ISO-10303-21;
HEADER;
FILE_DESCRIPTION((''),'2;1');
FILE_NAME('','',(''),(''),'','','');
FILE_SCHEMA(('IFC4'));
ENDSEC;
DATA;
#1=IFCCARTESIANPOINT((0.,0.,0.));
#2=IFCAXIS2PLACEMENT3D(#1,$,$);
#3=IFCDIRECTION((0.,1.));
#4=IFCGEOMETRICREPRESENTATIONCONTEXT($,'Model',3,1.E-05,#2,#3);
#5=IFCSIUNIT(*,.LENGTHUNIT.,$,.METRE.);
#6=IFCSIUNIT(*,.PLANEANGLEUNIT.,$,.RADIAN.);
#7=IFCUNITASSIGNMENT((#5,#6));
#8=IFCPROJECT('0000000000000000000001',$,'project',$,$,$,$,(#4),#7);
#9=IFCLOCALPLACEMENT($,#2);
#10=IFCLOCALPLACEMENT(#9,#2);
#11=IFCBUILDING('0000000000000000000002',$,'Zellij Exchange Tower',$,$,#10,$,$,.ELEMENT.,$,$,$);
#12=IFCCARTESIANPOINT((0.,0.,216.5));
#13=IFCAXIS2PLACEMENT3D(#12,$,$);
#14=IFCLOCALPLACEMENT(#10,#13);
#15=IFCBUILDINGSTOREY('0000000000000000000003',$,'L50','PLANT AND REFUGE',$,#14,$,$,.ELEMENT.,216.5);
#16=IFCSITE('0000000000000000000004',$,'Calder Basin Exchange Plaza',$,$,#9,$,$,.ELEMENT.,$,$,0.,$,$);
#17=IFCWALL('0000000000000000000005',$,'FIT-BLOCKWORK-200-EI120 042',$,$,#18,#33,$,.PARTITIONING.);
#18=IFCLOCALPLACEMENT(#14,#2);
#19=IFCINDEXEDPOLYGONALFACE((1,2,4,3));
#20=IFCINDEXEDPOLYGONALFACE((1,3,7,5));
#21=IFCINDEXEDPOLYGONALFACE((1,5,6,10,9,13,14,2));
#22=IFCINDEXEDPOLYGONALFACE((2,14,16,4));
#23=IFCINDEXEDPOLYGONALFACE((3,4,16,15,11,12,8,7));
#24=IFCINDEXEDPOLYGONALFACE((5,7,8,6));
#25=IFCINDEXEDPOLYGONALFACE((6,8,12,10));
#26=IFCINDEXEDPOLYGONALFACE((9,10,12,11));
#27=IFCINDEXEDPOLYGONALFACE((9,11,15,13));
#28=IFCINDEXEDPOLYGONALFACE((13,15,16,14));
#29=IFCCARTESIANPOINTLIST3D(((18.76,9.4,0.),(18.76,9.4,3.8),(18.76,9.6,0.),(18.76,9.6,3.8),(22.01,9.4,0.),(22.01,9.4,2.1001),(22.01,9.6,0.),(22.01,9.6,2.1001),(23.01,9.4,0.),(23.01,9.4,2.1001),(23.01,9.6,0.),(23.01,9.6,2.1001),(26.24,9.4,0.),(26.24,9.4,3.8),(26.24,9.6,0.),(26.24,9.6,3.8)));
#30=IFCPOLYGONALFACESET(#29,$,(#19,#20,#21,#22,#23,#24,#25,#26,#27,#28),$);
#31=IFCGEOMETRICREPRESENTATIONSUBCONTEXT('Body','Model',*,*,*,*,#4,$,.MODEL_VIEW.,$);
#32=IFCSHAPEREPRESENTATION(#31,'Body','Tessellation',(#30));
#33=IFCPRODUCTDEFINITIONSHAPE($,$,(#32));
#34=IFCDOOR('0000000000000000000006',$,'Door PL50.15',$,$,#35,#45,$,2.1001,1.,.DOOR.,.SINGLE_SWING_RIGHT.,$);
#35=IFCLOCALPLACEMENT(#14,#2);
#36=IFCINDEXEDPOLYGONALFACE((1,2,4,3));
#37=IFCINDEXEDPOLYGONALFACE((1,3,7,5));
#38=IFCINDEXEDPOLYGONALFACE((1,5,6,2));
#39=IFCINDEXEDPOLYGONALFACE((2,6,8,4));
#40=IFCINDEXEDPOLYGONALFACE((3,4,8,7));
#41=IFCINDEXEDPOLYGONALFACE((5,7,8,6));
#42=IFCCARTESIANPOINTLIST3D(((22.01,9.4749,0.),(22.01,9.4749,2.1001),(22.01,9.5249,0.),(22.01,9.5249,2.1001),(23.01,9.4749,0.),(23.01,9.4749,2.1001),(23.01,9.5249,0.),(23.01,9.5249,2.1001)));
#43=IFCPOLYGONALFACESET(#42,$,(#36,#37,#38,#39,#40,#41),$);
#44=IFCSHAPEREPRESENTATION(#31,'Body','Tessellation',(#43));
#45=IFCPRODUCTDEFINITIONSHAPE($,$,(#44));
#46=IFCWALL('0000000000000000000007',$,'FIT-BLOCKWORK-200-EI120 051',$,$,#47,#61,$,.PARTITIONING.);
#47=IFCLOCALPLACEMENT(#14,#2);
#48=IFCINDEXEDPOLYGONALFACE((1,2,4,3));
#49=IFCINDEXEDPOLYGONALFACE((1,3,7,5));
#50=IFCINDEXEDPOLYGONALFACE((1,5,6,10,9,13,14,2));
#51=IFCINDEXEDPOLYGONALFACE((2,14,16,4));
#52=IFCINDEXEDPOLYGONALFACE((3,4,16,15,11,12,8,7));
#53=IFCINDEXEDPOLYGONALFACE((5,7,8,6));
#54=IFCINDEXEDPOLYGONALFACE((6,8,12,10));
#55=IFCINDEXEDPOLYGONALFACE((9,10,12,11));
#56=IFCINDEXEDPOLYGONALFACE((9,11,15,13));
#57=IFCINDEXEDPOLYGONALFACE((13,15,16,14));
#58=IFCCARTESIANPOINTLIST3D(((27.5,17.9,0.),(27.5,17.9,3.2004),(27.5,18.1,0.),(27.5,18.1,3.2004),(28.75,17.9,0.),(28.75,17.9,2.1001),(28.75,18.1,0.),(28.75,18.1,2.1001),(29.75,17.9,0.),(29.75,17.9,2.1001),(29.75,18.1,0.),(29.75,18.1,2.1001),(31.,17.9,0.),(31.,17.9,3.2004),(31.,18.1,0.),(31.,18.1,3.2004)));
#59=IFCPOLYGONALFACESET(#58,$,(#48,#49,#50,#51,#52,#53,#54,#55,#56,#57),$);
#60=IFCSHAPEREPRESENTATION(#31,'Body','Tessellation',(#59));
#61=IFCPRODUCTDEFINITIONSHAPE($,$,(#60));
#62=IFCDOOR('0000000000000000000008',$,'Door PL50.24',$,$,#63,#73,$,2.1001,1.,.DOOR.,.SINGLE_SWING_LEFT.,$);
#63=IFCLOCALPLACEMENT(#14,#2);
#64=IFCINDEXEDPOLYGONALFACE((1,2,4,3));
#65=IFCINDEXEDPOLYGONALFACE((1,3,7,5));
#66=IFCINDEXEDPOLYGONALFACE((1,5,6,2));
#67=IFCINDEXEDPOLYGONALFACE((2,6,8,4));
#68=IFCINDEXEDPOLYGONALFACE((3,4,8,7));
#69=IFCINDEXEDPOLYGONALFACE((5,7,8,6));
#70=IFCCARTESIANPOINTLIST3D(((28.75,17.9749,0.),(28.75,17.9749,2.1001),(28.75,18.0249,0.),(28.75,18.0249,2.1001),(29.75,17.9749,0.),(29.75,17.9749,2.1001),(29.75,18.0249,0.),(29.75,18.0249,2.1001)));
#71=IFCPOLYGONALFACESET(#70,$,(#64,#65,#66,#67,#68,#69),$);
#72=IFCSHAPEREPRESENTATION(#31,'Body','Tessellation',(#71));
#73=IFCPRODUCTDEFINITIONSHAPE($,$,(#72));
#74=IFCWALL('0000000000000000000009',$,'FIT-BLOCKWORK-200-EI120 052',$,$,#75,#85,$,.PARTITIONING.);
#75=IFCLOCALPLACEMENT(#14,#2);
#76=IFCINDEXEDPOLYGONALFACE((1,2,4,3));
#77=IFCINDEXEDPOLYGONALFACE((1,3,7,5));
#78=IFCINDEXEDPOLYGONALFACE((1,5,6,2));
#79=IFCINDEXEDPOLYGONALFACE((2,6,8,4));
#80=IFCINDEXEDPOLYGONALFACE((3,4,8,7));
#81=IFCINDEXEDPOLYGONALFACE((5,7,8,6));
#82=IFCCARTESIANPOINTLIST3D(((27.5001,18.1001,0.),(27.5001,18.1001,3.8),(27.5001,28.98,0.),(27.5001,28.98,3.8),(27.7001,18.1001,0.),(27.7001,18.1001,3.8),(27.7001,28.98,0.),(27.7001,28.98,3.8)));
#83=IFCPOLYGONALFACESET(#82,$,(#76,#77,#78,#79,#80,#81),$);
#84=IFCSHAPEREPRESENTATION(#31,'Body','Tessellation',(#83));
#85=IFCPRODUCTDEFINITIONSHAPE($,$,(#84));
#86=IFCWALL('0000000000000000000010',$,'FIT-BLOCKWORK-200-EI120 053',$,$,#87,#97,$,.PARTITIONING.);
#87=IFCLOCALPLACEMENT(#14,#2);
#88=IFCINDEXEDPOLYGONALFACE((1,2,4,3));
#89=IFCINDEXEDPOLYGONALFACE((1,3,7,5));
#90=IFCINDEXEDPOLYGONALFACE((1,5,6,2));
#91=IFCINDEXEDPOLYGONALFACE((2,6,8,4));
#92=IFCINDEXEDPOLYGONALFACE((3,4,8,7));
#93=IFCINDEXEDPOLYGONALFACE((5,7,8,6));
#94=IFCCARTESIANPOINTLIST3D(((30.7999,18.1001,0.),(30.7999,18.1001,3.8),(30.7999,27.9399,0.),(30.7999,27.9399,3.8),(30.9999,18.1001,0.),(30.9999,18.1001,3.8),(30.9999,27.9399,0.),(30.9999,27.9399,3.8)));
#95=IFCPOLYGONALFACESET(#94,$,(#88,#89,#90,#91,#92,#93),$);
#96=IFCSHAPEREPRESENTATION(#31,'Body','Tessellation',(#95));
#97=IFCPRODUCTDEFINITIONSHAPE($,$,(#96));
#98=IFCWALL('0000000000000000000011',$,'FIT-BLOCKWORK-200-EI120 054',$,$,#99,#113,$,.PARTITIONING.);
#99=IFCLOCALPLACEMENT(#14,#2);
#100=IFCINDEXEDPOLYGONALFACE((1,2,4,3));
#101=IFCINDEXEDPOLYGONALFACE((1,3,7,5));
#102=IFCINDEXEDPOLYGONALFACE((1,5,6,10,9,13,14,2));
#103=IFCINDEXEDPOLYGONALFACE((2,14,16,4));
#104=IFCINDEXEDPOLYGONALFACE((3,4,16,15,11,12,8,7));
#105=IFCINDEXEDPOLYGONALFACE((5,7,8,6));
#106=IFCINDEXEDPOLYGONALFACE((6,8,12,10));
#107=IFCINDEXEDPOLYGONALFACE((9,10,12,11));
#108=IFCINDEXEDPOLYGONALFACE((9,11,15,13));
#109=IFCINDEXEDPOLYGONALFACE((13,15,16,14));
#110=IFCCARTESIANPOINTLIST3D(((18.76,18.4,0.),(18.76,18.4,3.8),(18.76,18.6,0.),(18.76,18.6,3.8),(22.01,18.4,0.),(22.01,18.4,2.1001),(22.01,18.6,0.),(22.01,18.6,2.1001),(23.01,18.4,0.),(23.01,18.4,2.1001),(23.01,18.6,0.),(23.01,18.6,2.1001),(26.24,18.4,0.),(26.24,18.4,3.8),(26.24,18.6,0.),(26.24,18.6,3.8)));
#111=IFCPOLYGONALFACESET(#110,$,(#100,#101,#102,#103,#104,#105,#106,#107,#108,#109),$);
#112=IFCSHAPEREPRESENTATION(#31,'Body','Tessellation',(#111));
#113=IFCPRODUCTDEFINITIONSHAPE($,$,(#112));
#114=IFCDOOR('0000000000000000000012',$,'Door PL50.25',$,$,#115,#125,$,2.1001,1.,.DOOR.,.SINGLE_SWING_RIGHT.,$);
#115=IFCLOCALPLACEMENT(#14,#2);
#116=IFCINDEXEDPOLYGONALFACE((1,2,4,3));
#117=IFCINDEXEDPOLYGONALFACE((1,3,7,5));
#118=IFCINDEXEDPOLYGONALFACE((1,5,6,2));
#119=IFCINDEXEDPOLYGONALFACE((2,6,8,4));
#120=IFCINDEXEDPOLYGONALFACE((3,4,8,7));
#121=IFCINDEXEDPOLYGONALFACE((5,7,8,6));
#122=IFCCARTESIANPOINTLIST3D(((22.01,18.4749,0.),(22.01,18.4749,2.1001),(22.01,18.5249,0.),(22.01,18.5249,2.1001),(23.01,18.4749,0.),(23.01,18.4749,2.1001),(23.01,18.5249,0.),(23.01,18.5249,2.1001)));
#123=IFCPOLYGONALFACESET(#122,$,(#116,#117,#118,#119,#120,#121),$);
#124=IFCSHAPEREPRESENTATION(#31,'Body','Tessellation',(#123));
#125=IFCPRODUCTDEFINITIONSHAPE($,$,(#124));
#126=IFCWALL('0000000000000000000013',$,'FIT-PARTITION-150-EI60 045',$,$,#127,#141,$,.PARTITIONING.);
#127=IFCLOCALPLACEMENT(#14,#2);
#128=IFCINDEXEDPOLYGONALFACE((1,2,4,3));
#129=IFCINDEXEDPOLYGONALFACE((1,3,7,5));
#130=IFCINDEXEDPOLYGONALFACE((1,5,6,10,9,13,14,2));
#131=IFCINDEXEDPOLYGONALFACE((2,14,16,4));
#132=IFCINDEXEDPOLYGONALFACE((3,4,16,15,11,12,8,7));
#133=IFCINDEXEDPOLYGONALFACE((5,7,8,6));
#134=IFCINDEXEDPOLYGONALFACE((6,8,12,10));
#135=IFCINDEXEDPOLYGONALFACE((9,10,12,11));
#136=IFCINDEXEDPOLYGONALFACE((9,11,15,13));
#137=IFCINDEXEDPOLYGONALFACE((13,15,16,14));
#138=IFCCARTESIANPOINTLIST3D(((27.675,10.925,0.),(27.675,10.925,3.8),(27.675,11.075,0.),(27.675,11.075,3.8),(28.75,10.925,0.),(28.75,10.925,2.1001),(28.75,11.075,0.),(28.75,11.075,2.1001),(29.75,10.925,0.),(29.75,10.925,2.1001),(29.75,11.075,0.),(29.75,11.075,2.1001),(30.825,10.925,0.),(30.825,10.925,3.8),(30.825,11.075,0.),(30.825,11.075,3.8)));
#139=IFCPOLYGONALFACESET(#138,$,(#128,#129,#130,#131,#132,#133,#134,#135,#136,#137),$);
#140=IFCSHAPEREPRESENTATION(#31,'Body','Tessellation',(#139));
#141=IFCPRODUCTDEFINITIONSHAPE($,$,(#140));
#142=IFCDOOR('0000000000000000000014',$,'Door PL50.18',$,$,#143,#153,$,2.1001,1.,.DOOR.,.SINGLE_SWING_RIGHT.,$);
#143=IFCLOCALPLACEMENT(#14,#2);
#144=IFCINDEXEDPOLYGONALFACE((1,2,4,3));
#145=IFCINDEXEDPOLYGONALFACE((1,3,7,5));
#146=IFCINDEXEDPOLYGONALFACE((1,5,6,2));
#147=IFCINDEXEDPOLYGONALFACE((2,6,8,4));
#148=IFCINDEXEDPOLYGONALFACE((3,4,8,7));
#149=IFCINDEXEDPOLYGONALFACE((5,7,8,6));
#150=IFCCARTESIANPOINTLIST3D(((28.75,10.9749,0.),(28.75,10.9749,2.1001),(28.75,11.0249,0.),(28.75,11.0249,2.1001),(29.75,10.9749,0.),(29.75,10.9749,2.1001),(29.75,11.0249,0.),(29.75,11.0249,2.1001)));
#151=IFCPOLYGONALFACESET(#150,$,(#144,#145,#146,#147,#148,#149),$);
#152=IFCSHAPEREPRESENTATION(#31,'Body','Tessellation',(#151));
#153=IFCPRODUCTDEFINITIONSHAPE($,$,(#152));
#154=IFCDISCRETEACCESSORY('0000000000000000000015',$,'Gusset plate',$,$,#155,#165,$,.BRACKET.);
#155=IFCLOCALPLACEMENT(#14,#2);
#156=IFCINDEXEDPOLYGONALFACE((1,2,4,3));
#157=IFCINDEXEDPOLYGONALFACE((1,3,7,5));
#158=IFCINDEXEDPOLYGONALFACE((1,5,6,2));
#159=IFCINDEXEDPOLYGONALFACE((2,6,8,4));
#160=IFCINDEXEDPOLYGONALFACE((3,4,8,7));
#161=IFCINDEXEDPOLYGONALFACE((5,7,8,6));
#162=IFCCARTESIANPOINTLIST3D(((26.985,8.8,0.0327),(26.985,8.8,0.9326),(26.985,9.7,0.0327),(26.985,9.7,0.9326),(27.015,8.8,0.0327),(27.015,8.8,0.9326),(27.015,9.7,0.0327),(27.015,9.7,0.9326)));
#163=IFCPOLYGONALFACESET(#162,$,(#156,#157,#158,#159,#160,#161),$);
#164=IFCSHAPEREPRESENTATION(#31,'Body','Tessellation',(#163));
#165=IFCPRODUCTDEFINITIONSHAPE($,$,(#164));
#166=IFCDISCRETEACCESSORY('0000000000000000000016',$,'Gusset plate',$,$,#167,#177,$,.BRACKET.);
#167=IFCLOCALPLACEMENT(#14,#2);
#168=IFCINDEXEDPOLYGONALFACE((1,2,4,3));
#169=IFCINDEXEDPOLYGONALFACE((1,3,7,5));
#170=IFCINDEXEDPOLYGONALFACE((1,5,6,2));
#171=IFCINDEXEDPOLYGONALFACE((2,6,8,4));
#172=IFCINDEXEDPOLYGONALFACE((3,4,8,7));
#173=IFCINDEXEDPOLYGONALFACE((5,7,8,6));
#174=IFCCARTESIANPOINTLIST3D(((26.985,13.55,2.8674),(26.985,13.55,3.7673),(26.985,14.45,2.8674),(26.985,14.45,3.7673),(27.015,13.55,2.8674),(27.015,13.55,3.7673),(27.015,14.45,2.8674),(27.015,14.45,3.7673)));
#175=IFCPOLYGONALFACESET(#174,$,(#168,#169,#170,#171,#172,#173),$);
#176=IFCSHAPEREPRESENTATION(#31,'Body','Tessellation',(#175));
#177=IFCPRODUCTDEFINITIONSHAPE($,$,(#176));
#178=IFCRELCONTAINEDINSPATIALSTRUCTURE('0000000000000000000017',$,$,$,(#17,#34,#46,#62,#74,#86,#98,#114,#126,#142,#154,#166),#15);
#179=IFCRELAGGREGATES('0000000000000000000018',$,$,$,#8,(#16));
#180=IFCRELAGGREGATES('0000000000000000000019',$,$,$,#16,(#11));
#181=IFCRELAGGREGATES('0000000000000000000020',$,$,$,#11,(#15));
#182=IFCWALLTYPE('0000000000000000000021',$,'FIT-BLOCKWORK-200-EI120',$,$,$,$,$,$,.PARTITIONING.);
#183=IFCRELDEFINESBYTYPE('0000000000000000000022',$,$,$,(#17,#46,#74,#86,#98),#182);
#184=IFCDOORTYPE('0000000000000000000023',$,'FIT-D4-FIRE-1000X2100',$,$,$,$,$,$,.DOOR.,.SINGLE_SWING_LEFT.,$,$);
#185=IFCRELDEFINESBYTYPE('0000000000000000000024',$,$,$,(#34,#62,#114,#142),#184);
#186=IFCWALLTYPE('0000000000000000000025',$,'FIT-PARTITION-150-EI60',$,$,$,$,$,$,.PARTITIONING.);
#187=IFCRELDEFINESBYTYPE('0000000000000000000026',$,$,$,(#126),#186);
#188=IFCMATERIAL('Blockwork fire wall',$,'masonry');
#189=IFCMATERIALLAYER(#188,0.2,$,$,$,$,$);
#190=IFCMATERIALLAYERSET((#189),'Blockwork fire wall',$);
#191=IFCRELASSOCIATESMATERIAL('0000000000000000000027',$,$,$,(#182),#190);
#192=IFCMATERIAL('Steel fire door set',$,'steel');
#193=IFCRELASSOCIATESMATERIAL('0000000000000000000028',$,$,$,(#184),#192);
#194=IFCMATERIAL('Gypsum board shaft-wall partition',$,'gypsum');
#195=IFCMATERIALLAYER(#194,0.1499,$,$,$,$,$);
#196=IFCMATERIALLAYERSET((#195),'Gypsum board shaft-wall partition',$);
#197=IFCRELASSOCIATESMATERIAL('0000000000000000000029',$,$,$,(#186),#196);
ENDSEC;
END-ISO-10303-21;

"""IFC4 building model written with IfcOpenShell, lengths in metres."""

from ifc_helpers import new_model, si_unit, direction, frame, frame_2d, origin, origin_2d, place, context, subcontext, project, spatial, rectangle, extrude, material, layer, layer_set, type_object, element, fill, save


model = new_model("IFC4")

# Units and contexts
model_context = context("Model", 3, precision=1e-05, world=origin(), true_north=direction((0.0, 1.0)))
body_context = subcontext(model_context, "Body", "Model", "MODEL_VIEW")
ifc_project = project(units=[si_unit("LENGTHUNIT", "METRE"), si_unit("PLANEANGLEUNIT", "RADIAN")], contexts=[model_context])

# Site, building, storey
site_placement = place(None, origin())
site = spatial("IfcSite", under=ifc_project, at=site_placement, Name="Calder Basin Exchange Plaza", CompositionType="ELEMENT", RefElevation=0.0)
building_placement = place(site_placement, origin())
building = spatial("IfcBuilding", under=site, at=building_placement, Name="Zellij Exchange Tower", CompositionType="ELEMENT")
storey_placement = place(building_placement, frame((0.0, 0.0, 216.5)))
storey = spatial("IfcBuildingStorey", under=building, at=storey_placement, Name="L50", Description="PLANT AND REFUGE", CompositionType="ELEMENT", Elevation=216.5)

# Walls, openings, doors
ifc_material_1 = material(Name="Blockwork fire wall", Category="masonry")
ifc_layer_1 = layer(ifc_material_1, 0.2)
ifc_layer_set_1 = layer_set([ifc_layer_1], Name="Blockwork fire wall")
wall_type_1 = type_object("IfcWallType", Name="FIT-BLOCKWORK-200-EI120", PredefinedType="PARTITIONING", material=ifc_layer_set_1)
wall_1_placement = place(storey_placement, frame((18.76, 9.5, 0.0), z_axis=(0.0, 0.0, 1.0), x_axis=(1.0, 0.0, 0.0)))
wall_1 = element("IfcWall", 1, at=wall_1_placement, inside=storey, type_object=wall_type_1, Name="FIT-BLOCKWORK-200-EI120 042", PredefinedType="PARTITIONING", context=body_context, shape_type="SweptSolid", body=[
    extrude(rectangle(XDim=7.48, YDim=0.2, at=frame_2d((3.74, 0.0))), origin(), (0.0, 0.0, 1.0), 3.8),
])
opening_1_placement = place(wall_1_placement, frame((3.25, 0.0, 0.0)))
opening_1 = element("IfcOpeningElement", 2, at=opening_1_placement, cuts=wall_1, PredefinedType="OPENING", context=body_context, shape_type="SweptSolid", body=[
    extrude(rectangle(XDim=1.0, YDim=2.1001, at=frame_2d((0.5, 1.05))), frame((0.0, 0.1118, 0.0), z_axis=(0.0, -1.0, 0.0), x_axis=(1.0, 0.0, 0.0)), (0.0, 0.0, 1.0), 0.2239),
])
ifc_material_2 = material(Name="Steel fire door set", Category="steel")
door_type = type_object("IfcDoorType", Name="FIT-D4-FIRE-1000X2100", OperationType="SINGLE_SWING_LEFT", PredefinedType="DOOR", material=ifc_material_2)
door_1_placement = place(opening_1_placement, origin())
door_1 = element("IfcDoor", 3, at=door_1_placement, inside=storey, type_object=door_type, Name="Door PL50.15", OperationType="SINGLE_SWING_RIGHT", OverallHeight=2.1001, OverallWidth=1.0, PredefinedType="DOOR", context=body_context, shape_type="SweptSolid", body=[
    extrude(rectangle(XDim=1.0, YDim=2.1001, at=frame_2d((0.5, 1.05))), frame((0.0, 0.0249, 0.0), z_axis=(0.0, -1.0, 0.0), x_axis=(1.0, 0.0, 0.0)), (0.0, 0.0, 1.0), 0.05),
])
fill(opening_1, door_1)
wall_2_placement = place(storey_placement, frame((27.5, 18.0, 0.0), z_axis=(0.0, 0.0, 1.0), x_axis=(1.0, 0.0, 0.0)))
wall_2 = element("IfcWall", 4, at=wall_2_placement, inside=storey, type_object=wall_type_1, Name="FIT-BLOCKWORK-200-EI120 051", PredefinedType="PARTITIONING", context=body_context, shape_type="SweptSolid", body=[
    extrude(rectangle(XDim=3.5, YDim=0.2, at=frame_2d((1.75, 0.0))), origin(), (0.0, 0.0, 1.0), 3.2004),
])
opening_2_placement = place(wall_2_placement, frame((1.25, 0.0, 0.0)))
opening_2 = element("IfcOpeningElement", 5, at=opening_2_placement, cuts=wall_2, PredefinedType="OPENING", context=body_context, shape_type="SweptSolid", body=[
    extrude(rectangle(XDim=1.0, YDim=2.1001, at=frame_2d((0.5, 1.05))), frame((0.0, 0.1118, 0.0), z_axis=(0.0, -1.0, 0.0), x_axis=(1.0, 0.0, 0.0)), (0.0, 0.0, 1.0), 0.2239),
])
door_2_placement = place(opening_2_placement, origin())
door_2 = element("IfcDoor", 6, at=door_2_placement, inside=storey, type_object=door_type, Name="Door PL50.24", OperationType="SINGLE_SWING_LEFT", OverallHeight=2.1001, OverallWidth=1.0, PredefinedType="DOOR", context=body_context, shape_type="SweptSolid", body=[
    extrude(rectangle(XDim=1.0, YDim=2.1001, at=frame_2d((0.5, 1.05))), frame((0.0, 0.0249, 0.0), z_axis=(0.0, -1.0, 0.0), x_axis=(1.0, 0.0, 0.0)), (0.0, 0.0, 1.0), 0.05),
])
fill(opening_2, door_2)

# Walls
wall_3_placement = place(storey_placement, frame((27.6001, 18.1001, 0.0), z_axis=(0.0, 0.0, 1.0), x_axis=(0.0, 1.0, 0.0)))
element("IfcWall", 7, at=wall_3_placement, inside=storey, type_object=wall_type_1, Name="FIT-BLOCKWORK-200-EI120 052", PredefinedType="PARTITIONING", context=body_context, shape_type="SweptSolid", body=[
    extrude(rectangle(XDim=10.8799, YDim=0.2, at=frame_2d((5.4399, 0.0))), origin(), (0.0, 0.0, 1.0), 3.8),
])
wall_4_placement = place(storey_placement, frame((30.8999, 18.1001, 0.0), z_axis=(0.0, 0.0, 1.0), x_axis=(0.0, 1.0, 0.0)))
element("IfcWall", 8, at=wall_4_placement, inside=storey, type_object=wall_type_1, Name="FIT-BLOCKWORK-200-EI120 053", PredefinedType="PARTITIONING", context=body_context, shape_type="SweptSolid", body=[
    extrude(rectangle(XDim=9.8398, YDim=0.2, at=frame_2d((4.9199, 0.0))), origin(), (0.0, 0.0, 1.0), 3.8),
])

# Walls, openings, doors
wall_5_placement = place(storey_placement, frame((18.76, 18.5, 0.0), z_axis=(0.0, 0.0, 1.0), x_axis=(1.0, 0.0, 0.0)))
wall_5 = element("IfcWall", 9, at=wall_5_placement, inside=storey, type_object=wall_type_1, Name="FIT-BLOCKWORK-200-EI120 054", PredefinedType="PARTITIONING", context=body_context, shape_type="SweptSolid", body=[
    extrude(rectangle(XDim=7.48, YDim=0.2, at=frame_2d((3.74, 0.0))), origin(), (0.0, 0.0, 1.0), 3.8),
])
opening_3_placement = place(wall_5_placement, frame((3.25, 0.0, 0.0)))
opening_3 = element("IfcOpeningElement", 10, at=opening_3_placement, cuts=wall_5, PredefinedType="OPENING", context=body_context, shape_type="SweptSolid", body=[
    extrude(rectangle(XDim=1.0, YDim=2.1001, at=frame_2d((0.5, 1.05))), frame((0.0, 0.1118, 0.0), z_axis=(0.0, -1.0, 0.0), x_axis=(1.0, 0.0, 0.0)), (0.0, 0.0, 1.0), 0.2239),
])
door_3_placement = place(opening_3_placement, origin())
door_3 = element("IfcDoor", 11, at=door_3_placement, inside=storey, type_object=door_type, Name="Door PL50.25", OperationType="SINGLE_SWING_RIGHT", OverallHeight=2.1001, OverallWidth=1.0, PredefinedType="DOOR", context=body_context, shape_type="SweptSolid", body=[
    extrude(rectangle(XDim=1.0, YDim=2.1001, at=frame_2d((0.5, 1.05))), frame((0.0, 0.0249, 0.0), z_axis=(0.0, -1.0, 0.0), x_axis=(1.0, 0.0, 0.0)), (0.0, 0.0, 1.0), 0.05),
])
fill(opening_3, door_3)
ifc_material_3 = material(Name="Gypsum board shaft-wall partition", Category="gypsum")
ifc_layer_2 = layer(ifc_material_3, 0.1499)
ifc_layer_set_2 = layer_set([ifc_layer_2], Name="Gypsum board shaft-wall partition")
wall_type_2 = type_object("IfcWallType", Name="FIT-PARTITION-150-EI60", PredefinedType="PARTITIONING", material=ifc_layer_set_2)
wall_6_placement = place(storey_placement, frame((27.675, 11.0, 0.0), z_axis=(0.0, 0.0, 1.0), x_axis=(1.0, 0.0, 0.0)))
wall_6 = element("IfcWall", 12, at=wall_6_placement, inside=storey, type_object=wall_type_2, Name="FIT-PARTITION-150-EI60 045", PredefinedType="PARTITIONING", context=body_context, shape_type="SweptSolid", body=[
    extrude(rectangle(XDim=3.1499, YDim=0.1499, at=frame_2d((1.575, 0.0))), origin(), (0.0, 0.0, 1.0), 3.8),
])
opening_4_placement = place(wall_6_placement, frame((1.075, 0.0, 0.0)))
opening_4 = element("IfcOpeningElement", 13, at=opening_4_placement, cuts=wall_6, PredefinedType="OPENING", context=body_context, shape_type="SweptSolid", body=[
    extrude(rectangle(XDim=1.0, YDim=2.1001, at=frame_2d((0.5, 1.05))), frame((0.0, 0.0869, 0.0), z_axis=(0.0, -1.0, 0.0), x_axis=(1.0, 0.0, 0.0)), (0.0, 0.0, 1.0), 0.1738),
])
door_4_placement = place(opening_4_placement, origin())
door_4 = element("IfcDoor", 14, at=door_4_placement, inside=storey, type_object=door_type, Name="Door PL50.18", OperationType="SINGLE_SWING_RIGHT", OverallHeight=2.1001, OverallWidth=1.0, PredefinedType="DOOR", context=body_context, shape_type="SweptSolid", body=[
    extrude(rectangle(XDim=1.0, YDim=2.1001, at=frame_2d((0.5, 1.05))), frame((0.0, 0.0249, 0.0), z_axis=(0.0, -1.0, 0.0), x_axis=(1.0, 0.0, 0.0)), (0.0, 0.0, 1.0), 0.05),
])
fill(opening_4, door_4)

# Discrete accessories
for number, where, z_axis, x_axis, name in (
    (15, (27.0, 9.25, 0.0327), (0.0, 0.0, 1.0), (0.0, 1.0, 0.0), "Gusset plate"),
    (16, (27.0, 14.0, 2.8674), (0.0, 0.0, 1.0), (0.0, 1.0, 0.0), "Gusset plate"),
):
    element("IfcDiscreteAccessory", number, at=place(storey_placement, frame(where, z_axis=z_axis, x_axis=x_axis)), inside=storey, Name=name, PredefinedType="BRACKET", context=body_context, shape_type="SweptSolid", body=[
        extrude(rectangle(XDim=0.8999, YDim=0.03, at=origin_2d()), origin(), (0.0, 0.0, 1.0), 0.8999),
    ])

save(model, "model.ifc")
